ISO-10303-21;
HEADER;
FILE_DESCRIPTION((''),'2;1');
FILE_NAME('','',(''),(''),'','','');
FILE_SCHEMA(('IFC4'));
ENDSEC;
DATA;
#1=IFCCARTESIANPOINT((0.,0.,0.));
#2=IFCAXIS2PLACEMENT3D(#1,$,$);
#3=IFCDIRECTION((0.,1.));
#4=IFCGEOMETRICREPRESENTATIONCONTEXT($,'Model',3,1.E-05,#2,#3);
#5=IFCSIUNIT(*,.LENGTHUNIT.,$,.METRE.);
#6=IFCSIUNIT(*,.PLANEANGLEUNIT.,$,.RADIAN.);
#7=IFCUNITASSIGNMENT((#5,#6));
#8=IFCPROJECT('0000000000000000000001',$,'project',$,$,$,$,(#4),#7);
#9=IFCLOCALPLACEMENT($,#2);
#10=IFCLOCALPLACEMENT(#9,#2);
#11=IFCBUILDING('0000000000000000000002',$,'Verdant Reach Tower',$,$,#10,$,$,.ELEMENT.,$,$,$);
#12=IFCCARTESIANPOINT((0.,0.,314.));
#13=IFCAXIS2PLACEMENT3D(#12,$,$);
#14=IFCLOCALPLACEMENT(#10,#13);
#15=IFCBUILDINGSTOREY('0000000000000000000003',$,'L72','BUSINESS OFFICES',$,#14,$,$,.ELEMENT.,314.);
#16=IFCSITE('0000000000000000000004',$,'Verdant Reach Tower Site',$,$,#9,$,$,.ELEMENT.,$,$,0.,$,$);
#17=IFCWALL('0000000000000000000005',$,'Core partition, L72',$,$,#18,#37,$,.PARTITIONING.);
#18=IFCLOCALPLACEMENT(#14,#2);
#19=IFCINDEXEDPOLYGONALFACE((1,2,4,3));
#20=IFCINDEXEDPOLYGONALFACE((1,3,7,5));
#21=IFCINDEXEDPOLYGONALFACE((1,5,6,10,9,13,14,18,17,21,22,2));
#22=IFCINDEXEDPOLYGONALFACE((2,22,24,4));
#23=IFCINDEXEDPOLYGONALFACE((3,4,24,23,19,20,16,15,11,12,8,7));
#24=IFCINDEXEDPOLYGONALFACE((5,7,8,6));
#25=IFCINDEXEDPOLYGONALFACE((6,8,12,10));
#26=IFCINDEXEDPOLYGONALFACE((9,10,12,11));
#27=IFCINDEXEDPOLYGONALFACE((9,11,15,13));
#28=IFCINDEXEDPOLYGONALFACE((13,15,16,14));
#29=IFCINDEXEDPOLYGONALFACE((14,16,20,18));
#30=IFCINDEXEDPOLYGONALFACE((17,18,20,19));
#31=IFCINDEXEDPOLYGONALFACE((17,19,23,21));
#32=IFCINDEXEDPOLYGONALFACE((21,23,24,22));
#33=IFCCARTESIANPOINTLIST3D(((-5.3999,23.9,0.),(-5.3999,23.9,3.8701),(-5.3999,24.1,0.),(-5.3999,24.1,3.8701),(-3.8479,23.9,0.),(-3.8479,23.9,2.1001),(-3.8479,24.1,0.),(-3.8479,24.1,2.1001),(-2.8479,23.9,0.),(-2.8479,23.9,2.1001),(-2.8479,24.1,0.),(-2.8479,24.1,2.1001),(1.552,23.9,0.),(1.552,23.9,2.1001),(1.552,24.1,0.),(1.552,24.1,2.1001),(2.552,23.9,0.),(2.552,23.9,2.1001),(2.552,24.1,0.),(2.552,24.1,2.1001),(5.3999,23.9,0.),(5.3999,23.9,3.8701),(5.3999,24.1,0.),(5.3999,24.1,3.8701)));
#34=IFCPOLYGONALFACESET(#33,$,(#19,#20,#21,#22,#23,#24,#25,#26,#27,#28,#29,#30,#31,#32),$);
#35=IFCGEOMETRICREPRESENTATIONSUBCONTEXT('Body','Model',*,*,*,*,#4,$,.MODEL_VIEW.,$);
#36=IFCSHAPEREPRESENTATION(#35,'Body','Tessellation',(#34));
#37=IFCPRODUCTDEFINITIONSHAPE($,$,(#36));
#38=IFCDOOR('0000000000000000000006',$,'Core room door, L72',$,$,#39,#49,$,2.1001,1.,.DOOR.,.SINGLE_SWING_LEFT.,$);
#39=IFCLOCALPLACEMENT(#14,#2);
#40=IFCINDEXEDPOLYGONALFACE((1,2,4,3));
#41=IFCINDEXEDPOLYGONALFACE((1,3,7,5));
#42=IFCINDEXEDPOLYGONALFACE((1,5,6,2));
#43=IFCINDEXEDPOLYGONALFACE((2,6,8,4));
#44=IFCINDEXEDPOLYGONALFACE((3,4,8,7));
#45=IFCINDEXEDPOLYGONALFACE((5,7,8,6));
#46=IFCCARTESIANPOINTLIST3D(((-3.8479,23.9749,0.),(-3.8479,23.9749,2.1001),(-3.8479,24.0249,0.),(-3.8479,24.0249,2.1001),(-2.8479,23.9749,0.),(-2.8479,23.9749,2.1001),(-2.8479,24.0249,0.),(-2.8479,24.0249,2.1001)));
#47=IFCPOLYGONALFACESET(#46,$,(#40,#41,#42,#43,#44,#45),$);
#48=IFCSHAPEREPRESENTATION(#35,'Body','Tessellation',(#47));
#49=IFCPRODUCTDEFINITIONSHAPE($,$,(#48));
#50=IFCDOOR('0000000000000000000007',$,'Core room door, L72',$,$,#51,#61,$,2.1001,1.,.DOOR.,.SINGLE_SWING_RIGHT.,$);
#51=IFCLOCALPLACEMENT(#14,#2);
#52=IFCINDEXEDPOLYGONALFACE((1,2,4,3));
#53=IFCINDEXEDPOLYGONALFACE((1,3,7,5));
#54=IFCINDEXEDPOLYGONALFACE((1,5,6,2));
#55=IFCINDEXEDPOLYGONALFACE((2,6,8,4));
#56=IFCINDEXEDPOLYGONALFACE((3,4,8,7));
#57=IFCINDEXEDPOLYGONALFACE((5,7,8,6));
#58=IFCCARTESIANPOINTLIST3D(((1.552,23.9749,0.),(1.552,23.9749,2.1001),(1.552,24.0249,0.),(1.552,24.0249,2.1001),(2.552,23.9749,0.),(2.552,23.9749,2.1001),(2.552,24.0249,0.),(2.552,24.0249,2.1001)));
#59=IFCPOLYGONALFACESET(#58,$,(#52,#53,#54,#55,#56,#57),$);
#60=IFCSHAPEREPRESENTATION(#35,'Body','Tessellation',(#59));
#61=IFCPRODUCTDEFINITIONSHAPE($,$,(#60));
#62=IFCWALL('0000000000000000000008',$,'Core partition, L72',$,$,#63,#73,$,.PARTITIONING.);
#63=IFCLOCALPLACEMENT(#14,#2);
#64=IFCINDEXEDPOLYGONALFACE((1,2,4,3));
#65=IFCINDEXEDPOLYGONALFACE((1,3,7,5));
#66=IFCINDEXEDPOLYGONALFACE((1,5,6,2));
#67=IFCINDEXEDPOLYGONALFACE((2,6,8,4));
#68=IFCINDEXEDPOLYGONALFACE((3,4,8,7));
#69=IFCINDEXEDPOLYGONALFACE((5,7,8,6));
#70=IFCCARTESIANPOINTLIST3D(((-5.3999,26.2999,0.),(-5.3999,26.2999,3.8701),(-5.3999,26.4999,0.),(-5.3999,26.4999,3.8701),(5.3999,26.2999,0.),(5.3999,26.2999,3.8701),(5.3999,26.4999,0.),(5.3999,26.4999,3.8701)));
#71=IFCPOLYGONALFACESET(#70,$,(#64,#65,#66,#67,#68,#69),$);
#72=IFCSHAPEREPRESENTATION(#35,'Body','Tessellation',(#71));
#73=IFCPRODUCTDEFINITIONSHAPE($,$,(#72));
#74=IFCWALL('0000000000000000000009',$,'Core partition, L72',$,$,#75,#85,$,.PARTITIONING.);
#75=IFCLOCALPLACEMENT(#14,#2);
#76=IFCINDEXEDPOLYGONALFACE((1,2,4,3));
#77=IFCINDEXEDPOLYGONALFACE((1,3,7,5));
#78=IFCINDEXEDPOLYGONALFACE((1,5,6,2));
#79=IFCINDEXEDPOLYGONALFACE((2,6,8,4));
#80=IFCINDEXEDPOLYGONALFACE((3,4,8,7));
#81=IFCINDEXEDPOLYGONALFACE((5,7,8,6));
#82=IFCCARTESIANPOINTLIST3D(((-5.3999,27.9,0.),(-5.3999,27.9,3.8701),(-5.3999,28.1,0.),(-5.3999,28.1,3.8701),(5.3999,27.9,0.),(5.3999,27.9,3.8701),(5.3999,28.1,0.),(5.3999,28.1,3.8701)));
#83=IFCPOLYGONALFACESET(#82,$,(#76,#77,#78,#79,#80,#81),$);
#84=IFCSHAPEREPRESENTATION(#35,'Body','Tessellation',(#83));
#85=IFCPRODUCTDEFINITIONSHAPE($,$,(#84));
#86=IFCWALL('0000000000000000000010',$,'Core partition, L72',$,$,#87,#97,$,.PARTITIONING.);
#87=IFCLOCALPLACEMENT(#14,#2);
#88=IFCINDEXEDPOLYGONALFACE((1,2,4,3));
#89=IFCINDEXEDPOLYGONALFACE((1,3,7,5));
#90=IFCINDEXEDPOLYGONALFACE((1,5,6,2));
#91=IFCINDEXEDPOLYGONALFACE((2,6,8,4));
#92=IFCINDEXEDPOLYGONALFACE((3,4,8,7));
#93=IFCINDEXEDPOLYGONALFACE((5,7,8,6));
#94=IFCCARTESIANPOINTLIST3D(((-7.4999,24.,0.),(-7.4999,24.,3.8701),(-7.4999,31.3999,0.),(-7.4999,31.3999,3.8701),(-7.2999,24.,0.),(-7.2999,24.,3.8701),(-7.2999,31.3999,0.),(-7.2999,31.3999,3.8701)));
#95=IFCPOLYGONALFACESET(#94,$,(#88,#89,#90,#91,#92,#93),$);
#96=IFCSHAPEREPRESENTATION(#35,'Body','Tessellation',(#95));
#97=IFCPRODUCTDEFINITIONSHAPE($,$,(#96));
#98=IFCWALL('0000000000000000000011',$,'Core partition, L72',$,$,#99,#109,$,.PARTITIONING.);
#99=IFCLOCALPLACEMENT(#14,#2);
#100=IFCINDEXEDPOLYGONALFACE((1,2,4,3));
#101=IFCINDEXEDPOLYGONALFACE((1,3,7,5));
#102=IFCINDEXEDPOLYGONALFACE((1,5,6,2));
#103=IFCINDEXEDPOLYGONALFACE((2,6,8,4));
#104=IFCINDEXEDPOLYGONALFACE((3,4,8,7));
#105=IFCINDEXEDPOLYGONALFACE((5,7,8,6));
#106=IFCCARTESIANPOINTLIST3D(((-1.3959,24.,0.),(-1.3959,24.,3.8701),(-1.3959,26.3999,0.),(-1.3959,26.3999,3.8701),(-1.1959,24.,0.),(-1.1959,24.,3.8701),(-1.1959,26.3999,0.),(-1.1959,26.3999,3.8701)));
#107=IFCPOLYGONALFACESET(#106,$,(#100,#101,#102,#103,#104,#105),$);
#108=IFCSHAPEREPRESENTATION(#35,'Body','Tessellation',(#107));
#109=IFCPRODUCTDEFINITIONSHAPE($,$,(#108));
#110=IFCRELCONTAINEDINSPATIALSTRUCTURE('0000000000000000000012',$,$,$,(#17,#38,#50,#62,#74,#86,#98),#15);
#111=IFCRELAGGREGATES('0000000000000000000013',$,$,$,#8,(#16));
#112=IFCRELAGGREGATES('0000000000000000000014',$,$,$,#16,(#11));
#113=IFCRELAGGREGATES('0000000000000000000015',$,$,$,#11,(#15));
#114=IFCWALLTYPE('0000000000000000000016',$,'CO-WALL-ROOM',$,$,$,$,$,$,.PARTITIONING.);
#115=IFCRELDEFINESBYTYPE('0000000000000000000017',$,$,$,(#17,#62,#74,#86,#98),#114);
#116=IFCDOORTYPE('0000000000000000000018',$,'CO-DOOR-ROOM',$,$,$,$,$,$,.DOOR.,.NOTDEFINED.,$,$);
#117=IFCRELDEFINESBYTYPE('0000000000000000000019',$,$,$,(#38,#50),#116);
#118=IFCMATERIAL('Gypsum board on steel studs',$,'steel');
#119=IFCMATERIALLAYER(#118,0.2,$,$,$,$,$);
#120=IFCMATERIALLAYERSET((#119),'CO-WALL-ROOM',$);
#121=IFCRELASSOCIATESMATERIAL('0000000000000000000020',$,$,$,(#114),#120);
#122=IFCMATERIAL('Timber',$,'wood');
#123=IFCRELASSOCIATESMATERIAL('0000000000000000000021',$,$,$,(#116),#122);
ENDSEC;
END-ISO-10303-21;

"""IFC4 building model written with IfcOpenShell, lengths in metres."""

from ifc_helpers import new_model, si_unit, direction, frame, frame_2d, origin, place, context, subcontext, project, spatial, rectangle, extrude, material, layer, layer_set, type_object, element, fill, save


model = new_model("IFC4")

# Units and contexts
model_context = context("Model", 3, precision=1e-05, world=origin(), true_north=direction((0.0, 1.0)))
body_context = subcontext(model_context, "Body", "Model", "MODEL_VIEW")
ifc_project = project(units=[si_unit("LENGTHUNIT", "METRE"), si_unit("PLANEANGLEUNIT", "RADIAN")], contexts=[model_context])

# Site, building, storey
site_placement = place(None, origin())
site = spatial("IfcSite", under=ifc_project, at=site_placement, Name="Verdant Reach Tower Site", CompositionType="ELEMENT", RefElevation=0.0)
building_placement = place(site_placement, origin())
building = spatial("IfcBuilding", under=site, at=building_placement, Name="Verdant Reach Tower", CompositionType="ELEMENT")
storey_placement = place(building_placement, frame((0.0, 0.0, 314.0)))
storey = spatial("IfcBuildingStorey", under=building, at=storey_placement, Name="L72", Description="BUSINESS OFFICES", CompositionType="ELEMENT", Elevation=314.0)

# Wall, openings, doors
ifc_material_1 = material(Name="Gypsum board on steel studs", Category="steel")
ifc_layer_1 = layer(ifc_material_1, 0.2)
ifc_layer_set_1 = layer_set([ifc_layer_1], Name="CO-WALL-ROOM")
wall_type_1 = type_object("IfcWallType", Name="CO-WALL-ROOM", PredefinedType="PARTITIONING", material=ifc_layer_set_1)
wall_1_placement = place(storey_placement, frame((-5.3999, 24.0, 0.0), z_axis=(0.0, 0.0, 1.0), x_axis=(1.0, 0.0, 0.0)))
wall_1 = element("IfcWall", 1, at=wall_1_placement, inside=storey, type_object=wall_type_1, Name="Core partition, L72", PredefinedType="PARTITIONING", context=body_context, shape_type="SweptSolid", body=[
    extrude(rectangle(XDim=10.7998, YDim=0.2, at=frame_2d((5.3999, 0.0))), origin(), (0.0, 0.0, 1.0), 3.8701),
])
opening_1_placement = place(wall_1_placement, frame((1.552, 0.0, 0.0)))
opening_1 = element("IfcOpeningElement", 2, at=opening_1_placement, cuts=wall_1, PredefinedType="OPENING", context=body_context, shape_type="SweptSolid", body=[
    extrude(rectangle(XDim=1.0, YDim=2.1001, at=frame_2d((0.5, 1.05))), frame((0.0, 0.1099, 0.0), z_axis=(0.0, -1.0, 0.0), x_axis=(1.0, 0.0, 0.0)), (0.0, 0.0, 1.0), 0.22),
])
opening_2_placement = place(wall_1_placement, frame((6.9519, 0.0, 0.0)))
opening_2 = element("IfcOpeningElement", 3, at=opening_2_placement, cuts=wall_1, PredefinedType="OPENING", context=body_context, shape_type="SweptSolid", body=[
    extrude(rectangle(XDim=1.0, YDim=2.1001, at=frame_2d((0.5, 1.05))), frame((0.0, 0.1099, 0.0), z_axis=(0.0, -1.0, 0.0), x_axis=(1.0, 0.0, 0.0)), (0.0, 0.0, 1.0), 0.22),
])
ifc_material_2 = material(Name="Timber", Category="wood")
door_type_1 = type_object("IfcDoorType", Name="CO-DOOR-ROOM", OperationType="NOTDEFINED", PredefinedType="DOOR", material=ifc_material_2)
door_1_placement = place(opening_1_placement, origin())
door_1 = element("IfcDoor", 4, at=door_1_placement, inside=storey, type_object=door_type_1, Name="Core room door, L72", OperationType="SINGLE_SWING_LEFT", OverallHeight=2.1001, OverallWidth=1.0, PredefinedType="DOOR", context=body_context, shape_type="SweptSolid", body=[
    extrude(rectangle(XDim=1.0, YDim=2.1001, at=frame_2d((0.5, 1.05))), frame((0.0, 0.0249, 0.0), z_axis=(0.0, -1.0, 0.0), x_axis=(1.0, 0.0, 0.0)), (0.0, 0.0, 1.0), 0.05),
])
fill(opening_1, door_1)
door_2_placement = place(opening_2_placement, origin())
door_2 = element("IfcDoor", 5, at=door_2_placement, inside=storey, type_object=door_type_1, Name="Core room door, L72", OperationType="SINGLE_SWING_RIGHT", OverallHeight=2.1001, OverallWidth=1.0, PredefinedType="DOOR", context=body_context, shape_type="SweptSolid", body=[
    extrude(rectangle(XDim=1.0, YDim=2.1001, at=frame_2d((0.5, 1.05))), frame((0.0, 0.0249, 0.0), z_axis=(0.0, -1.0, 0.0), x_axis=(1.0, 0.0, 0.0)), (0.0, 0.0, 1.0), 0.05),
])
fill(opening_2, door_2)

# Walls
for number, where, z_axis, x_axis, name in (
    (6, (-5.3999, 26.3999, 0.0), (0.0, 0.0, 1.0), (1.0, 0.0, 0.0), "Core partition, L72"),
    (7, (-5.3999, 28.0, 0.0), (0.0, 0.0, 1.0), (1.0, 0.0, 0.0), "Core partition, L72"),
):
    element("IfcWall", number, at=place(storey_placement, frame(where, z_axis=z_axis, x_axis=x_axis)), inside=storey, type_object=wall_type_1, Name=name, PredefinedType="PARTITIONING", context=body_context, shape_type="SweptSolid", body=[
        extrude(rectangle(XDim=10.7998, YDim=0.2, at=frame_2d((5.3999, 0.0))), origin(), (0.0, 0.0, 1.0), 3.8701),
    ])
wall_2_placement = place(storey_placement, frame((-7.3999, 24.0, 0.0), z_axis=(0.0, 0.0, 1.0), x_axis=(0.0, 1.0, 0.0)))
element("IfcWall", 8, at=wall_2_placement, inside=storey, type_object=wall_type_1, Name="Core partition, L72", PredefinedType="PARTITIONING", context=body_context, shape_type="SweptSolid", body=[
    extrude(rectangle(XDim=7.3999, YDim=0.2, at=frame_2d((3.7, 0.0))), origin(), (0.0, 0.0, 1.0), 3.8701),
])
wall_3_placement = place(storey_placement, frame((-1.2959, 24.0, 0.0), z_axis=(0.0, 0.0, 1.0), x_axis=(0.0, 1.0, 0.0)))
element("IfcWall", 9, at=wall_3_placement, inside=storey, type_object=wall_type_1, Name="Core partition, L72", PredefinedType="PARTITIONING", context=body_context, shape_type="SweptSolid", body=[
    extrude(rectangle(XDim=2.3999, YDim=0.2, at=frame_2d((1.2, 0.0))), origin(), (0.0, 0.0, 1.0), 3.8701),
])

save(model, "model.ifc")
